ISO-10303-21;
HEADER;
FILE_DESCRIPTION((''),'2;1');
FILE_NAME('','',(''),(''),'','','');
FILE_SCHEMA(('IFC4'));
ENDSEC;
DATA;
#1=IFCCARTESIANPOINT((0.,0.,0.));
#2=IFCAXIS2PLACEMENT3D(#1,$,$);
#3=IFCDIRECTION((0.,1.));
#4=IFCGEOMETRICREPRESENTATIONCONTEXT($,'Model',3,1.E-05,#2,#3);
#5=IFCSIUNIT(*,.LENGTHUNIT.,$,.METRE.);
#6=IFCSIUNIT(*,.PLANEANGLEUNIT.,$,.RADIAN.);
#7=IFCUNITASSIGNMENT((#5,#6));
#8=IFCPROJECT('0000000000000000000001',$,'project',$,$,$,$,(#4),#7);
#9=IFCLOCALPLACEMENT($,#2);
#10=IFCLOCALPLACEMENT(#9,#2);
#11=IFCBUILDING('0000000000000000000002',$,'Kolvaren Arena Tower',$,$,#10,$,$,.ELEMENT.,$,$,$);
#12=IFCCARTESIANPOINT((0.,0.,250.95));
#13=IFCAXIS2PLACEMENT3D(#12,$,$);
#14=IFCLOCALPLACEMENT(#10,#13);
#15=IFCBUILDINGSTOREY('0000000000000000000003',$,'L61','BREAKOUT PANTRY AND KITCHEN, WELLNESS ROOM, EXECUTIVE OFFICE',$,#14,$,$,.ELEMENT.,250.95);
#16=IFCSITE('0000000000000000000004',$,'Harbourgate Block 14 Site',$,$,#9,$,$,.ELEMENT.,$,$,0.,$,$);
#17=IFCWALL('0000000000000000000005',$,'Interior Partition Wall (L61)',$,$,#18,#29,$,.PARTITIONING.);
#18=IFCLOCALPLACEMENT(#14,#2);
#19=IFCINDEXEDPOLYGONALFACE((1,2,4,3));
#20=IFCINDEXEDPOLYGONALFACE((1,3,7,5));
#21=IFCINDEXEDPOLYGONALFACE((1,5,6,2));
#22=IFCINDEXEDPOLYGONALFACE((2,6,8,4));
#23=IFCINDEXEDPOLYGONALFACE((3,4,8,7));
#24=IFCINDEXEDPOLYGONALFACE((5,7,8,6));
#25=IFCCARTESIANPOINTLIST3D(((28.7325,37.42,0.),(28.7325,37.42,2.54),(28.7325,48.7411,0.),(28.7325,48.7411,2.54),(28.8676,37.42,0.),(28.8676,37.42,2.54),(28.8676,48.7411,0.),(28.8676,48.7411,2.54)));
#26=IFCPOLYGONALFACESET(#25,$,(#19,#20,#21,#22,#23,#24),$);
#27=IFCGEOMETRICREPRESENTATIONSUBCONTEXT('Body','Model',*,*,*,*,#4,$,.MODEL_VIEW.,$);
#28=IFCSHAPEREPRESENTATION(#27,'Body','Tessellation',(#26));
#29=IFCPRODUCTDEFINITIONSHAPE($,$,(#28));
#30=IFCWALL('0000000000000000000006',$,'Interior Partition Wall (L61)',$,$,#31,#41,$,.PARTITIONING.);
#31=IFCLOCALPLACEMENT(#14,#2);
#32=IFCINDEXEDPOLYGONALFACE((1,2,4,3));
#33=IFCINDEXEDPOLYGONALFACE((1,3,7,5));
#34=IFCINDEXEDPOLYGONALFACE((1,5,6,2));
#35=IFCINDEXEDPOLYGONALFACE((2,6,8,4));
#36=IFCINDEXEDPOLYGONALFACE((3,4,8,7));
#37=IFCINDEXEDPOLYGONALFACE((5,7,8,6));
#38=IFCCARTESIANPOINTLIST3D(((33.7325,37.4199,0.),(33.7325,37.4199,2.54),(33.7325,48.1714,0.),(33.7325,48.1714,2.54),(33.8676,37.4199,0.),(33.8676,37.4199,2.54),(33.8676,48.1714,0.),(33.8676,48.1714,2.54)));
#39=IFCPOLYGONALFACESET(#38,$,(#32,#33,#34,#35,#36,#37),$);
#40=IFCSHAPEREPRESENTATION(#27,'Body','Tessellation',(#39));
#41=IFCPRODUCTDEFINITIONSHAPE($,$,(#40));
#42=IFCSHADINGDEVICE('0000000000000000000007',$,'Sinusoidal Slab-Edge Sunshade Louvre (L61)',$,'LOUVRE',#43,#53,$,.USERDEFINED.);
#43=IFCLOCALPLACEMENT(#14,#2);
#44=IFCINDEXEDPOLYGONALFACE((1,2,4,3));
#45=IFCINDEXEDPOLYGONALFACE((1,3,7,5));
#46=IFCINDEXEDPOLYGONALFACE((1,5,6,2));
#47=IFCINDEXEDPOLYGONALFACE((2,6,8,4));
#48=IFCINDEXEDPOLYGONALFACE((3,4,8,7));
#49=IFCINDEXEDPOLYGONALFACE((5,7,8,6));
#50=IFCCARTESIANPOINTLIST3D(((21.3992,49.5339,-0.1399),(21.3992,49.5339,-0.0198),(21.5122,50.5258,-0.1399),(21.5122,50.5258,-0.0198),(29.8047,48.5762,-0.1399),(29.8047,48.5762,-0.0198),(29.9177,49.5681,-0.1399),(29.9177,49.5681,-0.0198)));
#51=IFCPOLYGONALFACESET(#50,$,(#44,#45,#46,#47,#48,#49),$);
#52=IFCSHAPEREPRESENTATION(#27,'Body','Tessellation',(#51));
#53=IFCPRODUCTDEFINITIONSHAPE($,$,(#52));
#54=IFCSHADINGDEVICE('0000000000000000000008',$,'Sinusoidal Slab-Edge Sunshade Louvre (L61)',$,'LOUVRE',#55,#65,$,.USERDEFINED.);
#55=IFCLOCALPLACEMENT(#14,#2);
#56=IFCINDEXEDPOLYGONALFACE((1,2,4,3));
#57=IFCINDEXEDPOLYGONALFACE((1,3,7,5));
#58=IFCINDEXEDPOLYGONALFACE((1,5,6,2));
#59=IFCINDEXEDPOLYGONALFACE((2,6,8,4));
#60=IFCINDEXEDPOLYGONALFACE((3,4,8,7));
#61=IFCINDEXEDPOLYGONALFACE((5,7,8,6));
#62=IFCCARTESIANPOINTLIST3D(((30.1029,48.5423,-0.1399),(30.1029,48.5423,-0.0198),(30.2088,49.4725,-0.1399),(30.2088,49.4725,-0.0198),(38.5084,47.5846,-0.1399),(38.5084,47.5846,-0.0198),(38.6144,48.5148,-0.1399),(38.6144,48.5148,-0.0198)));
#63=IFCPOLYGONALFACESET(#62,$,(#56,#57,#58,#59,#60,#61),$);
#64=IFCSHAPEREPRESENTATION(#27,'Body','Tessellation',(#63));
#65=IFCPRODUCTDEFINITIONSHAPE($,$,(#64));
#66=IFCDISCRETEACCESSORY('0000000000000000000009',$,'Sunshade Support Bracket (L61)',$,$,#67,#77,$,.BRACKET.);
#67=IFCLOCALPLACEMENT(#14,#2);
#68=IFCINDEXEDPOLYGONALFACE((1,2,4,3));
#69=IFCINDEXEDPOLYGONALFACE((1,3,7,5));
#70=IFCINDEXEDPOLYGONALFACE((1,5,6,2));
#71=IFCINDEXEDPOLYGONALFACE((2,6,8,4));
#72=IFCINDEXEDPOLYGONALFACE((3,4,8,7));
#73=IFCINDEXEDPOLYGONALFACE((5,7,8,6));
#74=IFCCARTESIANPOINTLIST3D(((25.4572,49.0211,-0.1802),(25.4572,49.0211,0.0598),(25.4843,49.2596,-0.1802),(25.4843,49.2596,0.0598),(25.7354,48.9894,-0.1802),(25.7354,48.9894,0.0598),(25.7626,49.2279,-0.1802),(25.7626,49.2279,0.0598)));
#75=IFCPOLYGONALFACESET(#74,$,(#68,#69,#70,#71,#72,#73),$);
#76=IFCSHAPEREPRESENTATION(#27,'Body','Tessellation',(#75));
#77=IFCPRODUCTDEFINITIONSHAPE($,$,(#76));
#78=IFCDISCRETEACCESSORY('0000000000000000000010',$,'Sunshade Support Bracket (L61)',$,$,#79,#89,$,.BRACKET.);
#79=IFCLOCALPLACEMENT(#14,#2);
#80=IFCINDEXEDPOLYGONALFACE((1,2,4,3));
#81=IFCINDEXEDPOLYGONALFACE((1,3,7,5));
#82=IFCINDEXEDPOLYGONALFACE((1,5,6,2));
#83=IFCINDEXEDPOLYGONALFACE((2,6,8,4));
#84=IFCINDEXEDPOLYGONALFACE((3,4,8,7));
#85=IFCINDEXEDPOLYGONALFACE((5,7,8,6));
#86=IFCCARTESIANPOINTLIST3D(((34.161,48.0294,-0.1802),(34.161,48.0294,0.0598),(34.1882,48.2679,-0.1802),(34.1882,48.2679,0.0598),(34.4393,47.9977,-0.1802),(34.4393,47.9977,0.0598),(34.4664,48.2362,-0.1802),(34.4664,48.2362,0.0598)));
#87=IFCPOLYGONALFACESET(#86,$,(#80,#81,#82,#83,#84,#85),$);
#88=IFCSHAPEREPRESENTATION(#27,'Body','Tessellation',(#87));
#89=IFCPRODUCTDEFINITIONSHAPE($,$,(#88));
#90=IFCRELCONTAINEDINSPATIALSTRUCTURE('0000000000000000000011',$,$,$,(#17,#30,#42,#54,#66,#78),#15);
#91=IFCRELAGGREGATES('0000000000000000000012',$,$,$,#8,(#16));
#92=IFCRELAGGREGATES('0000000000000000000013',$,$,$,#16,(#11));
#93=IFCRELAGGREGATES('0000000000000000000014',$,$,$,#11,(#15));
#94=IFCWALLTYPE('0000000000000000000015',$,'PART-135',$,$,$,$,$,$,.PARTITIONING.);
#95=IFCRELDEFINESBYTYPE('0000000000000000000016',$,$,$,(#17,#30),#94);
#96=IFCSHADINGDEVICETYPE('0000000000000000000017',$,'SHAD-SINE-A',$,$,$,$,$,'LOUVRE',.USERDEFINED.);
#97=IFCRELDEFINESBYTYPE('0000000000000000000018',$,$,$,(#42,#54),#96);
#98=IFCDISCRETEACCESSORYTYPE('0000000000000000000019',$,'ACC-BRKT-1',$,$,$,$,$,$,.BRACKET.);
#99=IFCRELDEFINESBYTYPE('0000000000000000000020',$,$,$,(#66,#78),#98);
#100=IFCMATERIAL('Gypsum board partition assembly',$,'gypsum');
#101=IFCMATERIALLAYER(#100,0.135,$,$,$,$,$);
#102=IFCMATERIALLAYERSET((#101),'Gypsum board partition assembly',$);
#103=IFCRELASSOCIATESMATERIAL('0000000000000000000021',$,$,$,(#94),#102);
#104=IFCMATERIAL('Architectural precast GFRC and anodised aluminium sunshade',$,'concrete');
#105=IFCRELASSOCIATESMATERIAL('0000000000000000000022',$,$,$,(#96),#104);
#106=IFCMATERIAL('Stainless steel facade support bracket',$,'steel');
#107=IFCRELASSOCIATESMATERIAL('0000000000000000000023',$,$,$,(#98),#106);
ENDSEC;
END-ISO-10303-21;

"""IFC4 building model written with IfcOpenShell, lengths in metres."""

from ifc_helpers import new_model, si_unit, direction, frame, frame_2d, origin, origin_2d, place, context, subcontext, project, spatial, rectangle, extrude, material, layer, layer_set, type_object, element, save


model = new_model("IFC4")

# Units and contexts
model_context = context("Model", 3, precision=1e-05, world=origin(), true_north=direction((0.0, 1.0)))
body_context = subcontext(model_context, "Body", "Model", "MODEL_VIEW")
ifc_project = project(units=[si_unit("LENGTHUNIT", "METRE"), si_unit("PLANEANGLEUNIT", "RADIAN")], contexts=[model_context])

# Site, building, storey
site_placement = place(None, origin())
site = spatial("IfcSite", under=ifc_project, at=site_placement, Name="Harbourgate Block 14 Site", CompositionType="ELEMENT", RefElevation=0.0)
building_placement = place(site_placement, origin())
building = spatial("IfcBuilding", under=site, at=building_placement, Name="Kolvaren Arena Tower", CompositionType="ELEMENT")
storey_placement = place(building_placement, frame((0.0, 0.0, 250.95)))
storey = spatial("IfcBuildingStorey", under=building, at=storey_placement, Name="L61", Description="BREAKOUT PANTRY AND KITCHEN, WELLNESS ROOM, EXECUTIVE OFFICE", CompositionType="ELEMENT", Elevation=250.95)

# Walls
ifc_material_1 = material(Name="Gypsum board partition assembly", Category="gypsum")
ifc_layer_1 = layer(ifc_material_1, 0.135)
ifc_layer_set_1 = layer_set([ifc_layer_1], Name="Gypsum board partition assembly")
wall_type_1 = type_object("IfcWallType", Name="PART-135", PredefinedType="PARTITIONING", material=ifc_layer_set_1)
wall_1_placement = place(storey_placement, frame((28.8, 37.4199, 0.0), z_axis=(0.0, 0.0, 1.0), x_axis=(0.0, 1.0, 0.0)))
element("IfcWall", 1, at=wall_1_placement, inside=storey, type_object=wall_type_1, Name="Interior Partition Wall (L61)", PredefinedType="PARTITIONING", context=body_context, shape_type="SweptSolid", body=[
    extrude(rectangle(XDim=11.321, YDim=0.135, at=frame_2d((5.6606, 0.0))), origin(), (0.0, 0.0, 1.0), 2.54),
])
wall_2_placement = place(storey_placement, frame((33.8, 37.4199, 0.0), z_axis=(0.0, 0.0, 1.0), x_axis=(0.0, 1.0, 0.0)))
element("IfcWall", 2, at=wall_2_placement, inside=storey, type_object=wall_type_1, Name="Interior Partition Wall (L61)", PredefinedType="PARTITIONING", context=body_context, shape_type="SweptSolid", body=[
    extrude(rectangle(XDim=10.7515, YDim=0.135, at=frame_2d((5.3757, 0.0))), origin(), (0.0, 0.0, 1.0), 2.54),
])

# Shading devices
ifc_material_2 = material(Name="Architectural precast GFRC and anodised aluminium sunshade", Category="concrete")
shading_device_type = type_object("IfcShadingDeviceType", Name="SHAD-SINE-A", ElementType="LOUVRE", PredefinedType="USERDEFINED", material=ifc_material_2)
shading_device_1_placement = place(storey_placement, frame((25.6584, 49.551, -0.1399), z_axis=(0.0, 0.0, 1.0), x_axis=(0.993572, -0.113205, 0.0)))
element("IfcShadingDevice", 3, at=shading_device_1_placement, inside=storey, type_object=shading_device_type, Name="Sinusoidal Slab-Edge Sunshade Louvre (L61)", ObjectType="LOUVRE", PredefinedType="USERDEFINED", context=body_context, shape_type="SweptSolid", body=[
    extrude(rectangle(XDim=8.46, YDim=0.9983, at=origin_2d()), origin(), (0.0, 0.0, 1.0), 0.1201),
])
shading_device_2_placement = place(storey_placement, frame((34.3586, 48.5286, -0.1399), z_axis=(0.0, 0.0, 1.0), x_axis=(0.993572, -0.113205, 0.0)))
element("IfcShadingDevice", 4, at=shading_device_2_placement, inside=storey, type_object=shading_device_type, Name="Sinusoidal Slab-Edge Sunshade Louvre (L61)", ObjectType="LOUVRE", PredefinedType="USERDEFINED", context=body_context, shape_type="SweptSolid", body=[
    extrude(rectangle(XDim=8.46, YDim=0.9363, at=origin_2d()), origin(), (0.0, 0.0, 1.0), 0.1201),
])

# Discrete accessories
ifc_material_3 = material(Name="Stainless steel facade support bracket", Category="steel")
discrete_accessory_type = type_object("IfcDiscreteAccessoryType", Name="ACC-BRKT-1", PredefinedType="BRACKET", material=ifc_material_3)
for number, where, z_axis, x_axis, name in (
    (5, (25.6099, 49.1245, -0.1802), (0.0, 0.0, 1.0), (0.993572, -0.113205, 0.0), "Sunshade Support Bracket (L61)"),
    (6, (34.3137, 48.1328, -0.1802), (0.0, 0.0, 1.0), (0.993572, -0.113205, 0.0), "Sunshade Support Bracket (L61)"),
):
    element("IfcDiscreteAccessory", number, at=place(storey_placement, frame(where, z_axis=z_axis, x_axis=x_axis)), inside=storey, type_object=discrete_accessory_type, Name=name, PredefinedType="BRACKET", context=body_context, shape_type="SweptSolid", body=[
        extrude(rectangle(XDim=0.28, YDim=0.24, at=origin_2d()), origin(), (0.0, 0.0, 1.0), 0.24),
    ])

save(model, "model.ifc")
